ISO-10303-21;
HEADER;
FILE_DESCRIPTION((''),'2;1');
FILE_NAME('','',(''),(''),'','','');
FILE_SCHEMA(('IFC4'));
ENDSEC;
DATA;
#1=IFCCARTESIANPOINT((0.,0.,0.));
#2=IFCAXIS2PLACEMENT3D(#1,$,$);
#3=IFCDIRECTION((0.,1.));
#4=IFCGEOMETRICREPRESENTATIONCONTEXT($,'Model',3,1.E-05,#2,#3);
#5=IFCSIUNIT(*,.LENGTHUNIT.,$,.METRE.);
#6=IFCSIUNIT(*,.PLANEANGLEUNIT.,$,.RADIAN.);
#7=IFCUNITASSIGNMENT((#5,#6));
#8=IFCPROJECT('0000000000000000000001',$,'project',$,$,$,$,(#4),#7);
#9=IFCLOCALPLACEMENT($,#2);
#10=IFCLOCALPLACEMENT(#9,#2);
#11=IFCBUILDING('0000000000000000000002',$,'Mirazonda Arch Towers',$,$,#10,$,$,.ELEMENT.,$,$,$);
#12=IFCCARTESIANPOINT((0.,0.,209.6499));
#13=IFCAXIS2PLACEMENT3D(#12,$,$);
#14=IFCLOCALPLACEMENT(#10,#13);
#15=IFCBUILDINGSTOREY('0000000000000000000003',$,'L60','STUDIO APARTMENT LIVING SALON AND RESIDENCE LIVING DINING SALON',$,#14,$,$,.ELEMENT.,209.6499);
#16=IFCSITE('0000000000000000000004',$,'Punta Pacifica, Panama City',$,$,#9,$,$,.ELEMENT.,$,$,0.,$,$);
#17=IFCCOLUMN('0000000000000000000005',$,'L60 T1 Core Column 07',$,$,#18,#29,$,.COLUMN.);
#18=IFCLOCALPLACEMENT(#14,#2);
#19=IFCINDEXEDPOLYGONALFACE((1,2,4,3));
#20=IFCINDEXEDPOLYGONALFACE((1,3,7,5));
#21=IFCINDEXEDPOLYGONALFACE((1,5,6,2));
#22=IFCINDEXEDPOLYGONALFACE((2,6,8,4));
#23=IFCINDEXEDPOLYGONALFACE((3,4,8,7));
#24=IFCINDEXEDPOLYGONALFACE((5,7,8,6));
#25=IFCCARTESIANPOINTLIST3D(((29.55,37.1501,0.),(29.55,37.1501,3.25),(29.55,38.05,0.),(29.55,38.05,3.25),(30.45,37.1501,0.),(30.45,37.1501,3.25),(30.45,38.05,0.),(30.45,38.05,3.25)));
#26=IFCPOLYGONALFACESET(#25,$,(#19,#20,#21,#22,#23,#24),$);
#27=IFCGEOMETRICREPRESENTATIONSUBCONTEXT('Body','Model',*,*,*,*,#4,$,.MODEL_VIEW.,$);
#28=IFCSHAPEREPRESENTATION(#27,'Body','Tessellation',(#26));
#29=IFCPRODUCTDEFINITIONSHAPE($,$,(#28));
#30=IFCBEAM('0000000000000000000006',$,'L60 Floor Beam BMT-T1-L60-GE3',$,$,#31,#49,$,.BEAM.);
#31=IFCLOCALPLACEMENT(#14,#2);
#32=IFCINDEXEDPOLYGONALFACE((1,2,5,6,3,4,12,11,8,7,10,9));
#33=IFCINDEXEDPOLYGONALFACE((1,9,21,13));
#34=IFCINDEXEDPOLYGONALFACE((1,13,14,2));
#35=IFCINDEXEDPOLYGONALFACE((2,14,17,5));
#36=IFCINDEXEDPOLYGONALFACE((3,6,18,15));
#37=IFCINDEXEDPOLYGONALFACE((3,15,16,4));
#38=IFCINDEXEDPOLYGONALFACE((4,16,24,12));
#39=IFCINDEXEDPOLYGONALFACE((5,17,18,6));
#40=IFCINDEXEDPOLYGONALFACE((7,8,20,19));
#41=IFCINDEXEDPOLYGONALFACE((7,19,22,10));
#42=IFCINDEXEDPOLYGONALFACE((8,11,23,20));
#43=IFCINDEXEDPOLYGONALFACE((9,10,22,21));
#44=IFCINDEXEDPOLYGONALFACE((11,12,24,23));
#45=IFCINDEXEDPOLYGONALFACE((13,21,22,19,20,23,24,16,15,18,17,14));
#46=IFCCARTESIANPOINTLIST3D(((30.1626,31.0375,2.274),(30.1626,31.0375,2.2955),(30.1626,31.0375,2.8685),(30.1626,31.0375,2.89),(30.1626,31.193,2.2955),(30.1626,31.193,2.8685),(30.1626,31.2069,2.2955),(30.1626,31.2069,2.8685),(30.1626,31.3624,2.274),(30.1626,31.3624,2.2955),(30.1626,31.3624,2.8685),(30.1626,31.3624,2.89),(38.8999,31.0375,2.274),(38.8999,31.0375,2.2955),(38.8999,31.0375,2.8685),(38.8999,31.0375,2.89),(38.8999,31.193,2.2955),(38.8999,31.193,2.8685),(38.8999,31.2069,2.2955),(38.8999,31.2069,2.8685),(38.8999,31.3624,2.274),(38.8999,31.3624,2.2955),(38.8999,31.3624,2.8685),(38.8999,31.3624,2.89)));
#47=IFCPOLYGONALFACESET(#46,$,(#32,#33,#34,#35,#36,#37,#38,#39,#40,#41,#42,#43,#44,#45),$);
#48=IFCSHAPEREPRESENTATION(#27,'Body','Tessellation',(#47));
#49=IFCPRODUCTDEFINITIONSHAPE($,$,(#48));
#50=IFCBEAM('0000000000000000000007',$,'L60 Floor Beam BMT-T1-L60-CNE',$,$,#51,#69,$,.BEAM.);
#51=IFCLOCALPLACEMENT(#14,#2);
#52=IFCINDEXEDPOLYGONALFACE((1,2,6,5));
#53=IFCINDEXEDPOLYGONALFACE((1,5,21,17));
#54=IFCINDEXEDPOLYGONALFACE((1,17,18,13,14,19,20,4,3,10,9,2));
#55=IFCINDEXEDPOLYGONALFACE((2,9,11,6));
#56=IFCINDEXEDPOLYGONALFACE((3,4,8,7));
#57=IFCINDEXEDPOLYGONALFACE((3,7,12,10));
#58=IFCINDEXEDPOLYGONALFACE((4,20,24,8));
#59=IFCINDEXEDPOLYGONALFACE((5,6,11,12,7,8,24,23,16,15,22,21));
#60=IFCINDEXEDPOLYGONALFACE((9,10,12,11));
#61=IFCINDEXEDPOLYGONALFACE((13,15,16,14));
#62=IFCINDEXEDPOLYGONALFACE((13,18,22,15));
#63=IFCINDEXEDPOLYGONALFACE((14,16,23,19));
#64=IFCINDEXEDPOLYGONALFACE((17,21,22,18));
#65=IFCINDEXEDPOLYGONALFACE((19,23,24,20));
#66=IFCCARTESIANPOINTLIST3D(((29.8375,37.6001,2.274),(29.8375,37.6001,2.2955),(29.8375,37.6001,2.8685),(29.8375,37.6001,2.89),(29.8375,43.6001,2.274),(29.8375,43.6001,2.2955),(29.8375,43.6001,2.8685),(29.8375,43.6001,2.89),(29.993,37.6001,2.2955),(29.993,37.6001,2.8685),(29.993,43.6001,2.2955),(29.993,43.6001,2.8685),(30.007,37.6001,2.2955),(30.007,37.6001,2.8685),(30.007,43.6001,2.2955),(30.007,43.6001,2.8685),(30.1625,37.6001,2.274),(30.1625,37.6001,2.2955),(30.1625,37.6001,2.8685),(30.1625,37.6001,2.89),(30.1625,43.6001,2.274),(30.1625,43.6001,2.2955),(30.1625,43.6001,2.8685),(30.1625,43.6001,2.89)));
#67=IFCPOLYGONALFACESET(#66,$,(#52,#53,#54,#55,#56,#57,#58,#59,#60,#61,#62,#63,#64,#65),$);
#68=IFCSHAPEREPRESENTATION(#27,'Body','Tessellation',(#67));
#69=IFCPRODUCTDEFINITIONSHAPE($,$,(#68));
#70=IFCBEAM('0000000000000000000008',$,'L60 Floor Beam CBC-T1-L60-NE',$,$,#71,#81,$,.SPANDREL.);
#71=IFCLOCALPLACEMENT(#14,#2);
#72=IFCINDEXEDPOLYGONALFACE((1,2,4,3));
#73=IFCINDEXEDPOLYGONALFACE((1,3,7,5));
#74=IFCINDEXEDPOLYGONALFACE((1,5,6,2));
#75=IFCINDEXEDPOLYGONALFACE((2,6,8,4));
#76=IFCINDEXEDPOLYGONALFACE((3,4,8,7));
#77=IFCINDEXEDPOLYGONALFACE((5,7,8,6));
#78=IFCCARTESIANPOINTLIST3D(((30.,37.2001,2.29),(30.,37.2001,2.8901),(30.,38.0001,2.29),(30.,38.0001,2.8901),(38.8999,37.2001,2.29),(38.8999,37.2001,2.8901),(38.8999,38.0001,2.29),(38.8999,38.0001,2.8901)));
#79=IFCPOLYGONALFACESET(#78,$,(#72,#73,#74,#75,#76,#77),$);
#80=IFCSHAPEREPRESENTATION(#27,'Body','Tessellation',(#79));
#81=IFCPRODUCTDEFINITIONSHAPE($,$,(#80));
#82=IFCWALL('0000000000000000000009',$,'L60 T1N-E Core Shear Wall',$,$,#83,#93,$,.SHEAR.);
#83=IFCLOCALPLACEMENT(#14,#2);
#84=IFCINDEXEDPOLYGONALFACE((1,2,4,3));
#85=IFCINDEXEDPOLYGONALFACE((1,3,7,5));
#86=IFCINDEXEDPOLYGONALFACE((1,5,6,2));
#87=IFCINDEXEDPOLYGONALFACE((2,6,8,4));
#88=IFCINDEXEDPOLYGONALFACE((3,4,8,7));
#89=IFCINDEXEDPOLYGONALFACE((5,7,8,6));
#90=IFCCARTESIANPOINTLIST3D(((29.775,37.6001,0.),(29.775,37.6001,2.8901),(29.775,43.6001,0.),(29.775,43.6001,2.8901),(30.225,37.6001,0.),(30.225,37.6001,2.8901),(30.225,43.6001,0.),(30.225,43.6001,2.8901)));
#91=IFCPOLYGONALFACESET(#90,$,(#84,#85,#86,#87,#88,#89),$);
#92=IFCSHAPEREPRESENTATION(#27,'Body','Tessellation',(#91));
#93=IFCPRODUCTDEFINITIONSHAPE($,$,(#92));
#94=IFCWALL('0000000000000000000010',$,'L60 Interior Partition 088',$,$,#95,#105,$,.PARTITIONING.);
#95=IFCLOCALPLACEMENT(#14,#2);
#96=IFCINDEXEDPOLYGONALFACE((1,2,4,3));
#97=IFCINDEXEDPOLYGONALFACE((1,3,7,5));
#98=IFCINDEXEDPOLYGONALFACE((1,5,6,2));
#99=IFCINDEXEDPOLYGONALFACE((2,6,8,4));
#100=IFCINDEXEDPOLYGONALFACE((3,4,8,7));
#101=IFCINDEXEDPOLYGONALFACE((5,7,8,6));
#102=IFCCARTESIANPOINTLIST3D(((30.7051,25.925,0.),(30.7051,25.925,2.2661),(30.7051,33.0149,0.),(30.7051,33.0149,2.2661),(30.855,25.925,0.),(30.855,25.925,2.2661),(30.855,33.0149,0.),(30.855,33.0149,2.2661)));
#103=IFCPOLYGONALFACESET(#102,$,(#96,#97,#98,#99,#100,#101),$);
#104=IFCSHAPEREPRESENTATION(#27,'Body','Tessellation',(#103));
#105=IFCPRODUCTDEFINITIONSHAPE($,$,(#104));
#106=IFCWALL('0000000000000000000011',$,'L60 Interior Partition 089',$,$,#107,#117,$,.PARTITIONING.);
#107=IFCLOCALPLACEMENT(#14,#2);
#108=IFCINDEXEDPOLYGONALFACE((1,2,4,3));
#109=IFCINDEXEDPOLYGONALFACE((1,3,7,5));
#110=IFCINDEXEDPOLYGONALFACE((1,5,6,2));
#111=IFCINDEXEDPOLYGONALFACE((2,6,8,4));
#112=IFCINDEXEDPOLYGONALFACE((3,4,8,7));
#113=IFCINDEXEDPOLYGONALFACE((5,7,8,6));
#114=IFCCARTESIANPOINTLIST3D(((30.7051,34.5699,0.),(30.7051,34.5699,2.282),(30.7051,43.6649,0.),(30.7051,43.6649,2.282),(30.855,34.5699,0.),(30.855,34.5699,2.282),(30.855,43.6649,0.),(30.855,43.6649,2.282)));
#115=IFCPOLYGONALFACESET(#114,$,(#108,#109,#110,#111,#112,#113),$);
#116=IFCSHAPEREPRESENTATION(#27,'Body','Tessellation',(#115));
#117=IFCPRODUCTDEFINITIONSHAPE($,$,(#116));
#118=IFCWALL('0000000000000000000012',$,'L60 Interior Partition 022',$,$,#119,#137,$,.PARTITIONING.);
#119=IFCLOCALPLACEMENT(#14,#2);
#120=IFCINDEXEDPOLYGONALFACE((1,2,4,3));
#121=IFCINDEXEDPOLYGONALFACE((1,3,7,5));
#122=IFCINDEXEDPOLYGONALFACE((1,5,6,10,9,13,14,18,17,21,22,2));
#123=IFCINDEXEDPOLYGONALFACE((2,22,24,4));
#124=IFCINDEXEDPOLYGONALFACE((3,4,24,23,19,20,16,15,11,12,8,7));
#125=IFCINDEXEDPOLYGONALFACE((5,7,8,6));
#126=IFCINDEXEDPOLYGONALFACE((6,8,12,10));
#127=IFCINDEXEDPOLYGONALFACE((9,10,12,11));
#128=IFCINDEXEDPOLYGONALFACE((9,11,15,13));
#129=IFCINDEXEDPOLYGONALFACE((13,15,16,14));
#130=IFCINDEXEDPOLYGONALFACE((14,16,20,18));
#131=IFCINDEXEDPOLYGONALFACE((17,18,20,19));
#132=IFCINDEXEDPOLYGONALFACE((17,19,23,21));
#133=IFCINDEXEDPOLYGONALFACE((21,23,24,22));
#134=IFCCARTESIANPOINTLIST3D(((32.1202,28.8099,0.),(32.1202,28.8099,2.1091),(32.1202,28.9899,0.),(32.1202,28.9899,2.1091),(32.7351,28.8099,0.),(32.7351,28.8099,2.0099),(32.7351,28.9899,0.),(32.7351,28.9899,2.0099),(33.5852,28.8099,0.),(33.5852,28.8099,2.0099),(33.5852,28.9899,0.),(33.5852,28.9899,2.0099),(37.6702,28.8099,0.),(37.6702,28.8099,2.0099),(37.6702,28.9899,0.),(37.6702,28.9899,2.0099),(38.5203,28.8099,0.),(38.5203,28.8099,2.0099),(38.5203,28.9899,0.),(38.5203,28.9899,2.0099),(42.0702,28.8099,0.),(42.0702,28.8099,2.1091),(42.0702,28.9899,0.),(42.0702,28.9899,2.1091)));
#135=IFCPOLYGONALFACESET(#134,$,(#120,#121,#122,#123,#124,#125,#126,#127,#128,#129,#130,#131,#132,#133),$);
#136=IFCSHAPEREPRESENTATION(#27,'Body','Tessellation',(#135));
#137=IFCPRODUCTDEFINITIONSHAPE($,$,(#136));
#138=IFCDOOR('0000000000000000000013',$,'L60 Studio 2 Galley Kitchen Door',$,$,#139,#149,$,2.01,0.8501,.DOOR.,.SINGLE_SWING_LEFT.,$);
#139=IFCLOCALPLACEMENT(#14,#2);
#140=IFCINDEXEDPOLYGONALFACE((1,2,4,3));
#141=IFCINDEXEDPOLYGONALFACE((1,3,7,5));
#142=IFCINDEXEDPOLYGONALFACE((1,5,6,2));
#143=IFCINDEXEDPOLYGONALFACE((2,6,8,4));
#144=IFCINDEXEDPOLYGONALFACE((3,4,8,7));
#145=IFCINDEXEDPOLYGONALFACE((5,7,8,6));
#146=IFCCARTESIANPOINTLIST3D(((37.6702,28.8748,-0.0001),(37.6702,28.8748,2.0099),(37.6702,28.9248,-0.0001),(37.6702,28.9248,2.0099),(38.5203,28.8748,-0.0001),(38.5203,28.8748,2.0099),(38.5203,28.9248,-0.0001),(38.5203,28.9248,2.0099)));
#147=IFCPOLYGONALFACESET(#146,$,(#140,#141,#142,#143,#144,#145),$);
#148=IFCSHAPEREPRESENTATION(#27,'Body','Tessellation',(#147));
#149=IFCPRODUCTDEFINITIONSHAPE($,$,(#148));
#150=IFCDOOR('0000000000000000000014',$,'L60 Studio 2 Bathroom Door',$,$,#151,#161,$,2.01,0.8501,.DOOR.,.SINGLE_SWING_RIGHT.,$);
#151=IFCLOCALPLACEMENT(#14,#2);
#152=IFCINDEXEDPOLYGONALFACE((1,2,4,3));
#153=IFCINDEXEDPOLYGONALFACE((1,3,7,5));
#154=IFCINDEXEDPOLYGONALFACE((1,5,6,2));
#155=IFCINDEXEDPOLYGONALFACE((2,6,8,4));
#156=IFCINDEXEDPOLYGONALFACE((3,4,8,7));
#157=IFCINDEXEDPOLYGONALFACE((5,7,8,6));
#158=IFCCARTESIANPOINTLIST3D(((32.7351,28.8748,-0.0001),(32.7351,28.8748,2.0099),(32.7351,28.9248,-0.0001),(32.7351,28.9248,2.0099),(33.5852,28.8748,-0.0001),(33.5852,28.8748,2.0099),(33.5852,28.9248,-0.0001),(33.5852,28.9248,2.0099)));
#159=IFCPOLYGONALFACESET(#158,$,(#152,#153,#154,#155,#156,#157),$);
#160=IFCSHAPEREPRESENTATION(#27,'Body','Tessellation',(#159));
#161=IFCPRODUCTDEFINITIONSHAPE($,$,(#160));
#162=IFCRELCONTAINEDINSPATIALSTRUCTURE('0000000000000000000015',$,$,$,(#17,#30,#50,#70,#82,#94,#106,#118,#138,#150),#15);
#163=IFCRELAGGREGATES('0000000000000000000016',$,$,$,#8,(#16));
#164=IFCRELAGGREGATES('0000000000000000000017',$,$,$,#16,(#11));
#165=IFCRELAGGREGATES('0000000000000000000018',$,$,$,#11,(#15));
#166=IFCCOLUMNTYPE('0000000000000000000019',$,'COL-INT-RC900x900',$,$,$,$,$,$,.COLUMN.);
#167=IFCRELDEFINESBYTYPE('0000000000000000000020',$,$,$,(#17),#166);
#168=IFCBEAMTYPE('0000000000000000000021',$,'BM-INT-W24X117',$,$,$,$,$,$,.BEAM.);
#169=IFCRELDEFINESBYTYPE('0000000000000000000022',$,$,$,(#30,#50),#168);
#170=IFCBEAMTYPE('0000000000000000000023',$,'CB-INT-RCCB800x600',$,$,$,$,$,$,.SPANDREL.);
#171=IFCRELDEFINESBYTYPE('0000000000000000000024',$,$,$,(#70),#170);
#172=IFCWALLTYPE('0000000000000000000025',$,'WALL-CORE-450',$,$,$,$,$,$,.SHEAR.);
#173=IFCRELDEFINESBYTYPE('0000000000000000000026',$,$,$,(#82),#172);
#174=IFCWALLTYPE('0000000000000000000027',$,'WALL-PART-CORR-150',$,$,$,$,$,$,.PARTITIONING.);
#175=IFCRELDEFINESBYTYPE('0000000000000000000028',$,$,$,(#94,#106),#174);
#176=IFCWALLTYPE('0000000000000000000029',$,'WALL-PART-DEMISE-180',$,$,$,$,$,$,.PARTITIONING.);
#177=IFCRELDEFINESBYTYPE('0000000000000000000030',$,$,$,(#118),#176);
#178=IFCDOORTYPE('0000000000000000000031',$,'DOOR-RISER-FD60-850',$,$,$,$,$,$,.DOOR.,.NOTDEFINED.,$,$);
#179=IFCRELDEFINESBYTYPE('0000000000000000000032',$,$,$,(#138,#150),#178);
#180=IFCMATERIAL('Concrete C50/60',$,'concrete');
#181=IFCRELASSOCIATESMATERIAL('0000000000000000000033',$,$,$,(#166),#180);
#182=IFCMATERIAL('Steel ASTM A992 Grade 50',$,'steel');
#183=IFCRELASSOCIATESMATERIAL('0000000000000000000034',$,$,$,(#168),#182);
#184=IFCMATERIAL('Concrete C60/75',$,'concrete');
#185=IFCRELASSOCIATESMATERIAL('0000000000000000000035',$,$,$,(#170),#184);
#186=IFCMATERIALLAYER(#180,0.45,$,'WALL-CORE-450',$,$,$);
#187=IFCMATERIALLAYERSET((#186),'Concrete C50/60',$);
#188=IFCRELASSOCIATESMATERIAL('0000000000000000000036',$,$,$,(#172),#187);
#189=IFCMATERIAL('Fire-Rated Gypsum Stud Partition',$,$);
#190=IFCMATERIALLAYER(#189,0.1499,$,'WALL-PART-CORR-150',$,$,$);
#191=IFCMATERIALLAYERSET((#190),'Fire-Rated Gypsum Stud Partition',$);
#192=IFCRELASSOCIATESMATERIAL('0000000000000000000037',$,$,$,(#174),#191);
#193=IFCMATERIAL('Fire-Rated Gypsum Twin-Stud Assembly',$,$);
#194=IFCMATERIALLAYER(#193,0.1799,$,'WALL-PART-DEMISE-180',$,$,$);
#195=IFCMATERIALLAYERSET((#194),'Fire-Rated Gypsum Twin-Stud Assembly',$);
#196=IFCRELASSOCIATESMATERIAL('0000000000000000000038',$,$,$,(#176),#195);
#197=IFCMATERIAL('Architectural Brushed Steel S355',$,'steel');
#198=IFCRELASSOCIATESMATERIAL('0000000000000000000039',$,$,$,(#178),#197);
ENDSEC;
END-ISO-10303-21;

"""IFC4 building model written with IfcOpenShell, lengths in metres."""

from ifc_helpers import new_model, si_unit, direction, frame, frame_2d, origin, origin_2d, place, context, subcontext, project, spatial, rectangle, i_section, extrude, material, layer, layer_set, material_profile, profile_set, type_object, element, fill, save


model = new_model("IFC4")

# Units and contexts
model_context = context("Model", 3, precision=1e-05, world=origin(), true_north=direction((0.0, 1.0)))
body_context = subcontext(model_context, "Body", "Model", "MODEL_VIEW")
ifc_project = project(units=[si_unit("LENGTHUNIT", "METRE"), si_unit("PLANEANGLEUNIT", "RADIAN")], contexts=[model_context])

# Site, building, storey
site_placement = place(None, origin())
site = spatial("IfcSite", under=ifc_project, at=site_placement, Name="Punta Pacifica, Panama City", CompositionType="ELEMENT", RefElevation=0.0)
building_placement = place(site_placement, origin())
building = spatial("IfcBuilding", under=site, at=building_placement, Name="Mirazonda Arch Towers", CompositionType="ELEMENT")
storey_placement = place(building_placement, frame((0.0, 0.0, 209.6499)))
storey = spatial("IfcBuildingStorey", under=building, at=storey_placement, Name="L60", Description="STUDIO APARTMENT LIVING SALON AND RESIDENCE LIVING DINING SALON", CompositionType="ELEMENT", Elevation=209.6499)

# Column
ifc_material_1 = material(Name="Concrete C50/60", Category="concrete")
ifc_material_profile_1 = material_profile(ifc_material_1, rectangle(XDim=0.8999, YDim=0.8999, at=origin_2d()), Name="RC900x900")
ifc_profile_set_1 = profile_set([ifc_material_profile_1], Name="Concrete C50/60")
column_type = type_object("IfcColumnType", Name="COL-INT-RC900x900", PredefinedType="COLUMN", material=ifc_profile_set_1)
column_placement = place(storey_placement, frame((30.0, 37.6001, 0.0), z_axis=(0.0, 0.0, 1.0), x_axis=(1.0, 0.0, 0.0)))
element("IfcColumn", 1, at=column_placement, inside=storey, type_object=column_type, Name="L60 T1 Core Column 07", PredefinedType="COLUMN", context=body_context, shape_type="SweptSolid", body=[
    extrude(rectangle(XDim=0.8999, YDim=0.8999, at=origin_2d()), origin(), (0.0, 0.0, 1.0), 3.25),
])

# Beams
ifc_material_2 = material(Name="Steel ASTM A992 Grade 50", Category="steel")
ifc_material_profile_2 = material_profile(ifc_material_2, i_section(OverallWidth=0.325, OverallDepth=0.616, WebThickness=0.0139, FlangeThickness=0.0215, at=origin_2d()), Name="W24X117")
ifc_profile_set_2 = profile_set([ifc_material_profile_2], Name="Steel ASTM A992 Grade 50")
beam_type_1 = type_object("IfcBeamType", Name="BM-INT-W24X117", PredefinedType="BEAM", material=ifc_profile_set_2)
beam_1_placement = place(storey_placement, frame((30.1626, 31.2, 2.582), z_axis=(1.0, 0.0, 0.0), x_axis=(0.0, 1.0, 0.0)))
element("IfcBeam", 2, at=beam_1_placement, inside=storey, type_object=beam_type_1, Name="L60 Floor Beam BMT-T1-L60-GE3", PredefinedType="BEAM", context=body_context, shape_type="SweptSolid", body=[
    extrude(i_section(OverallWidth=0.325, OverallDepth=0.616, WebThickness=0.0139, FlangeThickness=0.0215, at=origin_2d()), origin(), (0.0, 0.0, 1.0), 8.7373),
])
beam_2_placement = place(storey_placement, frame((30.0, 37.6001, 2.582), z_axis=(0.0, 1.0, 0.0), x_axis=(-1.0, 0.0, 0.0)))
element("IfcBeam", 3, at=beam_2_placement, inside=storey, type_object=beam_type_1, Name="L60 Floor Beam BMT-T1-L60-CNE", PredefinedType="BEAM", context=body_context, shape_type="SweptSolid", body=[
    extrude(i_section(OverallWidth=0.325, OverallDepth=0.616, WebThickness=0.0139, FlangeThickness=0.0215, at=origin_2d()), origin(), (0.0, 0.0, 1.0), 6.0),
])
ifc_material_3 = material(Name="Concrete C60/75", Category="concrete")
ifc_material_profile_3 = material_profile(ifc_material_3, rectangle(XDim=0.8, YDim=0.6001, at=origin_2d()), Name="RCCB800x600")
ifc_profile_set_3 = profile_set([ifc_material_profile_3], Name="Concrete C60/75")
beam_type_2 = type_object("IfcBeamType", Name="CB-INT-RCCB800x600", PredefinedType="SPANDREL", material=ifc_profile_set_3)
beam_3_placement = place(storey_placement, frame((30.0, 37.6001, 2.5901), z_axis=(1.0, 0.0, 0.0), x_axis=(0.0, 1.0, 0.0)))
element("IfcBeam", 4, at=beam_3_placement, inside=storey, type_object=beam_type_2, Name="L60 Floor Beam CBC-T1-L60-NE", PredefinedType="SPANDREL", context=body_context, shape_type="SweptSolid", body=[
    extrude(rectangle(XDim=0.8, YDim=0.6001, at=origin_2d()), origin(), (0.0, 0.0, 1.0), 8.8999),
])

# Walls
ifc_layer_1 = layer(ifc_material_1, 0.45, Name="WALL-CORE-450")
ifc_layer_set_1 = layer_set([ifc_layer_1], Name="Concrete C50/60")
wall_type_1 = type_object("IfcWallType", Name="WALL-CORE-450", PredefinedType="SHEAR", material=ifc_layer_set_1)
wall_1_placement = place(storey_placement, frame((30.0, 37.6001, 0.0), z_axis=(0.0, 0.0, 1.0), x_axis=(0.0, 1.0, 0.0)))
element("IfcWall", 5, at=wall_1_placement, inside=storey, type_object=wall_type_1, Name="L60 T1N-E Core Shear Wall", PredefinedType="SHEAR", context=body_context, shape_type="SweptSolid", body=[
    extrude(rectangle(XDim=6.0, YDim=0.45, at=frame_2d((3.0, 0.0))), origin(), (0.0, 0.0, 1.0), 2.8901),
])
ifc_material_4 = material(Name="Fire-Rated Gypsum Stud Partition")
ifc_layer_2 = layer(ifc_material_4, 0.1499, Name="WALL-PART-CORR-150")
ifc_layer_set_2 = layer_set([ifc_layer_2], Name="Fire-Rated Gypsum Stud Partition")
wall_type_2 = type_object("IfcWallType", Name="WALL-PART-CORR-150", PredefinedType="PARTITIONING", material=ifc_layer_set_2)
wall_2_placement = place(storey_placement, frame((30.78, 25.925, 0.0), z_axis=(0.0, 0.0, 1.0), x_axis=(0.0, 1.0, 0.0)))
element("IfcWall", 6, at=wall_2_placement, inside=storey, type_object=wall_type_2, Name="L60 Interior Partition 088", PredefinedType="PARTITIONING", context=body_context, shape_type="SweptSolid", body=[
    extrude(rectangle(XDim=7.0898, YDim=0.1499, at=frame_2d((3.5449, 0.0))), origin(), (0.0, 0.0, 1.0), 2.2661),
])
wall_3_placement = place(storey_placement, frame((30.78, 34.5701, 0.0), z_axis=(0.0, 0.0, 1.0), x_axis=(0.0, 1.0, 0.0)))
element("IfcWall", 7, at=wall_3_placement, inside=storey, type_object=wall_type_2, Name="L60 Interior Partition 089", PredefinedType="PARTITIONING", context=body_context, shape_type="SweptSolid", body=[
    extrude(rectangle(XDim=9.095, YDim=0.1499, at=frame_2d((4.5474, 0.0))), origin(), (0.0, 0.0, 1.0), 2.282),
])

# Wall, openings, doors
ifc_material_5 = material(Name="Fire-Rated Gypsum Twin-Stud Assembly")
ifc_layer_3 = layer(ifc_material_5, 0.1799, Name="WALL-PART-DEMISE-180")
ifc_layer_set_3 = layer_set([ifc_layer_3], Name="Fire-Rated Gypsum Twin-Stud Assembly")
wall_type_3 = type_object("IfcWallType", Name="WALL-PART-DEMISE-180", PredefinedType="PARTITIONING", material=ifc_layer_set_3)
wall_4_placement = place(storey_placement, frame((32.1201, 28.8999, 0.0), z_axis=(0.0, 0.0, 1.0), x_axis=(1.0, 0.0, 0.0)))
wall_4 = element("IfcWall", 8, at=wall_4_placement, inside=storey, type_object=wall_type_3, Name="L60 Interior Partition 022", PredefinedType="PARTITIONING", context=body_context, shape_type="SweptSolid", body=[
    extrude(rectangle(XDim=9.95, YDim=0.1799, at=frame_2d((4.9751, 0.0))), origin(), (0.0, 0.0, 1.0), 2.1091),
])
opening_1_placement = place(wall_4_placement, frame((5.55, 0.0, 0.0)))
opening_1 = element("IfcOpeningElement", 9, at=opening_1_placement, cuts=wall_4, PredefinedType="OPENING", context=body_context, shape_type="SweptSolid", body=[
    extrude(rectangle(XDim=0.8501, YDim=2.01, at=frame_2d((0.425, 1.0049))), frame((0.0, 0.0999, 0.0), z_axis=(0.0, -1.0, 0.0), x_axis=(1.0, 0.0, 0.0)), (0.0, 0.0, 1.0), 0.2),
])
opening_2_placement = place(wall_4_placement, frame((0.615, 0.0, 0.0)))
opening_2 = element("IfcOpeningElement", 10, at=opening_2_placement, cuts=wall_4, PredefinedType="OPENING", context=body_context, shape_type="SweptSolid", body=[
    extrude(rectangle(XDim=0.8501, YDim=2.01, at=frame_2d((0.425, 1.0049))), frame((0.0, 0.0999, 0.0), z_axis=(0.0, -1.0, 0.0), x_axis=(1.0, 0.0, 0.0)), (0.0, 0.0, 1.0), 0.2),
])
ifc_material_6 = material(Name="Architectural Brushed Steel S355", Category="steel")
door_type_1 = type_object("IfcDoorType", Name="DOOR-RISER-FD60-850", OperationType="NOTDEFINED", PredefinedType="DOOR", material=ifc_material_6)
door_1_placement = place(opening_1_placement, origin())
door_1 = element("IfcDoor", 11, at=door_1_placement, inside=storey, type_object=door_type_1, Name="L60 Studio 2 Galley Kitchen Door", OperationType="SINGLE_SWING_LEFT", OverallHeight=2.01, OverallWidth=0.8501, PredefinedType="DOOR", context=body_context, shape_type="SweptSolid", body=[
    extrude(rectangle(XDim=0.8501, YDim=2.01, at=frame_2d((0.425, 1.0049))), frame((0.0, 0.0249, 0.0), z_axis=(0.0, -1.0, 0.0), x_axis=(1.0, 0.0, 0.0)), (0.0, 0.0, 1.0), 0.05),
])
fill(opening_1, door_1)
door_2_placement = place(opening_2_placement, origin())
door_2 = element("IfcDoor", 12, at=door_2_placement, inside=storey, type_object=door_type_1, Name="L60 Studio 2 Bathroom Door", OperationType="SINGLE_SWING_RIGHT", OverallHeight=2.01, OverallWidth=0.8501, PredefinedType="DOOR", context=body_context, shape_type="SweptSolid", body=[
    extrude(rectangle(XDim=0.8501, YDim=2.01, at=frame_2d((0.425, 1.0049))), frame((0.0, 0.0249, 0.0), z_axis=(0.0, -1.0, 0.0), x_axis=(1.0, 0.0, 0.0)), (0.0, 0.0, 1.0), 0.05),
])
fill(opening_2, door_2)

save(model, "model.ifc")
